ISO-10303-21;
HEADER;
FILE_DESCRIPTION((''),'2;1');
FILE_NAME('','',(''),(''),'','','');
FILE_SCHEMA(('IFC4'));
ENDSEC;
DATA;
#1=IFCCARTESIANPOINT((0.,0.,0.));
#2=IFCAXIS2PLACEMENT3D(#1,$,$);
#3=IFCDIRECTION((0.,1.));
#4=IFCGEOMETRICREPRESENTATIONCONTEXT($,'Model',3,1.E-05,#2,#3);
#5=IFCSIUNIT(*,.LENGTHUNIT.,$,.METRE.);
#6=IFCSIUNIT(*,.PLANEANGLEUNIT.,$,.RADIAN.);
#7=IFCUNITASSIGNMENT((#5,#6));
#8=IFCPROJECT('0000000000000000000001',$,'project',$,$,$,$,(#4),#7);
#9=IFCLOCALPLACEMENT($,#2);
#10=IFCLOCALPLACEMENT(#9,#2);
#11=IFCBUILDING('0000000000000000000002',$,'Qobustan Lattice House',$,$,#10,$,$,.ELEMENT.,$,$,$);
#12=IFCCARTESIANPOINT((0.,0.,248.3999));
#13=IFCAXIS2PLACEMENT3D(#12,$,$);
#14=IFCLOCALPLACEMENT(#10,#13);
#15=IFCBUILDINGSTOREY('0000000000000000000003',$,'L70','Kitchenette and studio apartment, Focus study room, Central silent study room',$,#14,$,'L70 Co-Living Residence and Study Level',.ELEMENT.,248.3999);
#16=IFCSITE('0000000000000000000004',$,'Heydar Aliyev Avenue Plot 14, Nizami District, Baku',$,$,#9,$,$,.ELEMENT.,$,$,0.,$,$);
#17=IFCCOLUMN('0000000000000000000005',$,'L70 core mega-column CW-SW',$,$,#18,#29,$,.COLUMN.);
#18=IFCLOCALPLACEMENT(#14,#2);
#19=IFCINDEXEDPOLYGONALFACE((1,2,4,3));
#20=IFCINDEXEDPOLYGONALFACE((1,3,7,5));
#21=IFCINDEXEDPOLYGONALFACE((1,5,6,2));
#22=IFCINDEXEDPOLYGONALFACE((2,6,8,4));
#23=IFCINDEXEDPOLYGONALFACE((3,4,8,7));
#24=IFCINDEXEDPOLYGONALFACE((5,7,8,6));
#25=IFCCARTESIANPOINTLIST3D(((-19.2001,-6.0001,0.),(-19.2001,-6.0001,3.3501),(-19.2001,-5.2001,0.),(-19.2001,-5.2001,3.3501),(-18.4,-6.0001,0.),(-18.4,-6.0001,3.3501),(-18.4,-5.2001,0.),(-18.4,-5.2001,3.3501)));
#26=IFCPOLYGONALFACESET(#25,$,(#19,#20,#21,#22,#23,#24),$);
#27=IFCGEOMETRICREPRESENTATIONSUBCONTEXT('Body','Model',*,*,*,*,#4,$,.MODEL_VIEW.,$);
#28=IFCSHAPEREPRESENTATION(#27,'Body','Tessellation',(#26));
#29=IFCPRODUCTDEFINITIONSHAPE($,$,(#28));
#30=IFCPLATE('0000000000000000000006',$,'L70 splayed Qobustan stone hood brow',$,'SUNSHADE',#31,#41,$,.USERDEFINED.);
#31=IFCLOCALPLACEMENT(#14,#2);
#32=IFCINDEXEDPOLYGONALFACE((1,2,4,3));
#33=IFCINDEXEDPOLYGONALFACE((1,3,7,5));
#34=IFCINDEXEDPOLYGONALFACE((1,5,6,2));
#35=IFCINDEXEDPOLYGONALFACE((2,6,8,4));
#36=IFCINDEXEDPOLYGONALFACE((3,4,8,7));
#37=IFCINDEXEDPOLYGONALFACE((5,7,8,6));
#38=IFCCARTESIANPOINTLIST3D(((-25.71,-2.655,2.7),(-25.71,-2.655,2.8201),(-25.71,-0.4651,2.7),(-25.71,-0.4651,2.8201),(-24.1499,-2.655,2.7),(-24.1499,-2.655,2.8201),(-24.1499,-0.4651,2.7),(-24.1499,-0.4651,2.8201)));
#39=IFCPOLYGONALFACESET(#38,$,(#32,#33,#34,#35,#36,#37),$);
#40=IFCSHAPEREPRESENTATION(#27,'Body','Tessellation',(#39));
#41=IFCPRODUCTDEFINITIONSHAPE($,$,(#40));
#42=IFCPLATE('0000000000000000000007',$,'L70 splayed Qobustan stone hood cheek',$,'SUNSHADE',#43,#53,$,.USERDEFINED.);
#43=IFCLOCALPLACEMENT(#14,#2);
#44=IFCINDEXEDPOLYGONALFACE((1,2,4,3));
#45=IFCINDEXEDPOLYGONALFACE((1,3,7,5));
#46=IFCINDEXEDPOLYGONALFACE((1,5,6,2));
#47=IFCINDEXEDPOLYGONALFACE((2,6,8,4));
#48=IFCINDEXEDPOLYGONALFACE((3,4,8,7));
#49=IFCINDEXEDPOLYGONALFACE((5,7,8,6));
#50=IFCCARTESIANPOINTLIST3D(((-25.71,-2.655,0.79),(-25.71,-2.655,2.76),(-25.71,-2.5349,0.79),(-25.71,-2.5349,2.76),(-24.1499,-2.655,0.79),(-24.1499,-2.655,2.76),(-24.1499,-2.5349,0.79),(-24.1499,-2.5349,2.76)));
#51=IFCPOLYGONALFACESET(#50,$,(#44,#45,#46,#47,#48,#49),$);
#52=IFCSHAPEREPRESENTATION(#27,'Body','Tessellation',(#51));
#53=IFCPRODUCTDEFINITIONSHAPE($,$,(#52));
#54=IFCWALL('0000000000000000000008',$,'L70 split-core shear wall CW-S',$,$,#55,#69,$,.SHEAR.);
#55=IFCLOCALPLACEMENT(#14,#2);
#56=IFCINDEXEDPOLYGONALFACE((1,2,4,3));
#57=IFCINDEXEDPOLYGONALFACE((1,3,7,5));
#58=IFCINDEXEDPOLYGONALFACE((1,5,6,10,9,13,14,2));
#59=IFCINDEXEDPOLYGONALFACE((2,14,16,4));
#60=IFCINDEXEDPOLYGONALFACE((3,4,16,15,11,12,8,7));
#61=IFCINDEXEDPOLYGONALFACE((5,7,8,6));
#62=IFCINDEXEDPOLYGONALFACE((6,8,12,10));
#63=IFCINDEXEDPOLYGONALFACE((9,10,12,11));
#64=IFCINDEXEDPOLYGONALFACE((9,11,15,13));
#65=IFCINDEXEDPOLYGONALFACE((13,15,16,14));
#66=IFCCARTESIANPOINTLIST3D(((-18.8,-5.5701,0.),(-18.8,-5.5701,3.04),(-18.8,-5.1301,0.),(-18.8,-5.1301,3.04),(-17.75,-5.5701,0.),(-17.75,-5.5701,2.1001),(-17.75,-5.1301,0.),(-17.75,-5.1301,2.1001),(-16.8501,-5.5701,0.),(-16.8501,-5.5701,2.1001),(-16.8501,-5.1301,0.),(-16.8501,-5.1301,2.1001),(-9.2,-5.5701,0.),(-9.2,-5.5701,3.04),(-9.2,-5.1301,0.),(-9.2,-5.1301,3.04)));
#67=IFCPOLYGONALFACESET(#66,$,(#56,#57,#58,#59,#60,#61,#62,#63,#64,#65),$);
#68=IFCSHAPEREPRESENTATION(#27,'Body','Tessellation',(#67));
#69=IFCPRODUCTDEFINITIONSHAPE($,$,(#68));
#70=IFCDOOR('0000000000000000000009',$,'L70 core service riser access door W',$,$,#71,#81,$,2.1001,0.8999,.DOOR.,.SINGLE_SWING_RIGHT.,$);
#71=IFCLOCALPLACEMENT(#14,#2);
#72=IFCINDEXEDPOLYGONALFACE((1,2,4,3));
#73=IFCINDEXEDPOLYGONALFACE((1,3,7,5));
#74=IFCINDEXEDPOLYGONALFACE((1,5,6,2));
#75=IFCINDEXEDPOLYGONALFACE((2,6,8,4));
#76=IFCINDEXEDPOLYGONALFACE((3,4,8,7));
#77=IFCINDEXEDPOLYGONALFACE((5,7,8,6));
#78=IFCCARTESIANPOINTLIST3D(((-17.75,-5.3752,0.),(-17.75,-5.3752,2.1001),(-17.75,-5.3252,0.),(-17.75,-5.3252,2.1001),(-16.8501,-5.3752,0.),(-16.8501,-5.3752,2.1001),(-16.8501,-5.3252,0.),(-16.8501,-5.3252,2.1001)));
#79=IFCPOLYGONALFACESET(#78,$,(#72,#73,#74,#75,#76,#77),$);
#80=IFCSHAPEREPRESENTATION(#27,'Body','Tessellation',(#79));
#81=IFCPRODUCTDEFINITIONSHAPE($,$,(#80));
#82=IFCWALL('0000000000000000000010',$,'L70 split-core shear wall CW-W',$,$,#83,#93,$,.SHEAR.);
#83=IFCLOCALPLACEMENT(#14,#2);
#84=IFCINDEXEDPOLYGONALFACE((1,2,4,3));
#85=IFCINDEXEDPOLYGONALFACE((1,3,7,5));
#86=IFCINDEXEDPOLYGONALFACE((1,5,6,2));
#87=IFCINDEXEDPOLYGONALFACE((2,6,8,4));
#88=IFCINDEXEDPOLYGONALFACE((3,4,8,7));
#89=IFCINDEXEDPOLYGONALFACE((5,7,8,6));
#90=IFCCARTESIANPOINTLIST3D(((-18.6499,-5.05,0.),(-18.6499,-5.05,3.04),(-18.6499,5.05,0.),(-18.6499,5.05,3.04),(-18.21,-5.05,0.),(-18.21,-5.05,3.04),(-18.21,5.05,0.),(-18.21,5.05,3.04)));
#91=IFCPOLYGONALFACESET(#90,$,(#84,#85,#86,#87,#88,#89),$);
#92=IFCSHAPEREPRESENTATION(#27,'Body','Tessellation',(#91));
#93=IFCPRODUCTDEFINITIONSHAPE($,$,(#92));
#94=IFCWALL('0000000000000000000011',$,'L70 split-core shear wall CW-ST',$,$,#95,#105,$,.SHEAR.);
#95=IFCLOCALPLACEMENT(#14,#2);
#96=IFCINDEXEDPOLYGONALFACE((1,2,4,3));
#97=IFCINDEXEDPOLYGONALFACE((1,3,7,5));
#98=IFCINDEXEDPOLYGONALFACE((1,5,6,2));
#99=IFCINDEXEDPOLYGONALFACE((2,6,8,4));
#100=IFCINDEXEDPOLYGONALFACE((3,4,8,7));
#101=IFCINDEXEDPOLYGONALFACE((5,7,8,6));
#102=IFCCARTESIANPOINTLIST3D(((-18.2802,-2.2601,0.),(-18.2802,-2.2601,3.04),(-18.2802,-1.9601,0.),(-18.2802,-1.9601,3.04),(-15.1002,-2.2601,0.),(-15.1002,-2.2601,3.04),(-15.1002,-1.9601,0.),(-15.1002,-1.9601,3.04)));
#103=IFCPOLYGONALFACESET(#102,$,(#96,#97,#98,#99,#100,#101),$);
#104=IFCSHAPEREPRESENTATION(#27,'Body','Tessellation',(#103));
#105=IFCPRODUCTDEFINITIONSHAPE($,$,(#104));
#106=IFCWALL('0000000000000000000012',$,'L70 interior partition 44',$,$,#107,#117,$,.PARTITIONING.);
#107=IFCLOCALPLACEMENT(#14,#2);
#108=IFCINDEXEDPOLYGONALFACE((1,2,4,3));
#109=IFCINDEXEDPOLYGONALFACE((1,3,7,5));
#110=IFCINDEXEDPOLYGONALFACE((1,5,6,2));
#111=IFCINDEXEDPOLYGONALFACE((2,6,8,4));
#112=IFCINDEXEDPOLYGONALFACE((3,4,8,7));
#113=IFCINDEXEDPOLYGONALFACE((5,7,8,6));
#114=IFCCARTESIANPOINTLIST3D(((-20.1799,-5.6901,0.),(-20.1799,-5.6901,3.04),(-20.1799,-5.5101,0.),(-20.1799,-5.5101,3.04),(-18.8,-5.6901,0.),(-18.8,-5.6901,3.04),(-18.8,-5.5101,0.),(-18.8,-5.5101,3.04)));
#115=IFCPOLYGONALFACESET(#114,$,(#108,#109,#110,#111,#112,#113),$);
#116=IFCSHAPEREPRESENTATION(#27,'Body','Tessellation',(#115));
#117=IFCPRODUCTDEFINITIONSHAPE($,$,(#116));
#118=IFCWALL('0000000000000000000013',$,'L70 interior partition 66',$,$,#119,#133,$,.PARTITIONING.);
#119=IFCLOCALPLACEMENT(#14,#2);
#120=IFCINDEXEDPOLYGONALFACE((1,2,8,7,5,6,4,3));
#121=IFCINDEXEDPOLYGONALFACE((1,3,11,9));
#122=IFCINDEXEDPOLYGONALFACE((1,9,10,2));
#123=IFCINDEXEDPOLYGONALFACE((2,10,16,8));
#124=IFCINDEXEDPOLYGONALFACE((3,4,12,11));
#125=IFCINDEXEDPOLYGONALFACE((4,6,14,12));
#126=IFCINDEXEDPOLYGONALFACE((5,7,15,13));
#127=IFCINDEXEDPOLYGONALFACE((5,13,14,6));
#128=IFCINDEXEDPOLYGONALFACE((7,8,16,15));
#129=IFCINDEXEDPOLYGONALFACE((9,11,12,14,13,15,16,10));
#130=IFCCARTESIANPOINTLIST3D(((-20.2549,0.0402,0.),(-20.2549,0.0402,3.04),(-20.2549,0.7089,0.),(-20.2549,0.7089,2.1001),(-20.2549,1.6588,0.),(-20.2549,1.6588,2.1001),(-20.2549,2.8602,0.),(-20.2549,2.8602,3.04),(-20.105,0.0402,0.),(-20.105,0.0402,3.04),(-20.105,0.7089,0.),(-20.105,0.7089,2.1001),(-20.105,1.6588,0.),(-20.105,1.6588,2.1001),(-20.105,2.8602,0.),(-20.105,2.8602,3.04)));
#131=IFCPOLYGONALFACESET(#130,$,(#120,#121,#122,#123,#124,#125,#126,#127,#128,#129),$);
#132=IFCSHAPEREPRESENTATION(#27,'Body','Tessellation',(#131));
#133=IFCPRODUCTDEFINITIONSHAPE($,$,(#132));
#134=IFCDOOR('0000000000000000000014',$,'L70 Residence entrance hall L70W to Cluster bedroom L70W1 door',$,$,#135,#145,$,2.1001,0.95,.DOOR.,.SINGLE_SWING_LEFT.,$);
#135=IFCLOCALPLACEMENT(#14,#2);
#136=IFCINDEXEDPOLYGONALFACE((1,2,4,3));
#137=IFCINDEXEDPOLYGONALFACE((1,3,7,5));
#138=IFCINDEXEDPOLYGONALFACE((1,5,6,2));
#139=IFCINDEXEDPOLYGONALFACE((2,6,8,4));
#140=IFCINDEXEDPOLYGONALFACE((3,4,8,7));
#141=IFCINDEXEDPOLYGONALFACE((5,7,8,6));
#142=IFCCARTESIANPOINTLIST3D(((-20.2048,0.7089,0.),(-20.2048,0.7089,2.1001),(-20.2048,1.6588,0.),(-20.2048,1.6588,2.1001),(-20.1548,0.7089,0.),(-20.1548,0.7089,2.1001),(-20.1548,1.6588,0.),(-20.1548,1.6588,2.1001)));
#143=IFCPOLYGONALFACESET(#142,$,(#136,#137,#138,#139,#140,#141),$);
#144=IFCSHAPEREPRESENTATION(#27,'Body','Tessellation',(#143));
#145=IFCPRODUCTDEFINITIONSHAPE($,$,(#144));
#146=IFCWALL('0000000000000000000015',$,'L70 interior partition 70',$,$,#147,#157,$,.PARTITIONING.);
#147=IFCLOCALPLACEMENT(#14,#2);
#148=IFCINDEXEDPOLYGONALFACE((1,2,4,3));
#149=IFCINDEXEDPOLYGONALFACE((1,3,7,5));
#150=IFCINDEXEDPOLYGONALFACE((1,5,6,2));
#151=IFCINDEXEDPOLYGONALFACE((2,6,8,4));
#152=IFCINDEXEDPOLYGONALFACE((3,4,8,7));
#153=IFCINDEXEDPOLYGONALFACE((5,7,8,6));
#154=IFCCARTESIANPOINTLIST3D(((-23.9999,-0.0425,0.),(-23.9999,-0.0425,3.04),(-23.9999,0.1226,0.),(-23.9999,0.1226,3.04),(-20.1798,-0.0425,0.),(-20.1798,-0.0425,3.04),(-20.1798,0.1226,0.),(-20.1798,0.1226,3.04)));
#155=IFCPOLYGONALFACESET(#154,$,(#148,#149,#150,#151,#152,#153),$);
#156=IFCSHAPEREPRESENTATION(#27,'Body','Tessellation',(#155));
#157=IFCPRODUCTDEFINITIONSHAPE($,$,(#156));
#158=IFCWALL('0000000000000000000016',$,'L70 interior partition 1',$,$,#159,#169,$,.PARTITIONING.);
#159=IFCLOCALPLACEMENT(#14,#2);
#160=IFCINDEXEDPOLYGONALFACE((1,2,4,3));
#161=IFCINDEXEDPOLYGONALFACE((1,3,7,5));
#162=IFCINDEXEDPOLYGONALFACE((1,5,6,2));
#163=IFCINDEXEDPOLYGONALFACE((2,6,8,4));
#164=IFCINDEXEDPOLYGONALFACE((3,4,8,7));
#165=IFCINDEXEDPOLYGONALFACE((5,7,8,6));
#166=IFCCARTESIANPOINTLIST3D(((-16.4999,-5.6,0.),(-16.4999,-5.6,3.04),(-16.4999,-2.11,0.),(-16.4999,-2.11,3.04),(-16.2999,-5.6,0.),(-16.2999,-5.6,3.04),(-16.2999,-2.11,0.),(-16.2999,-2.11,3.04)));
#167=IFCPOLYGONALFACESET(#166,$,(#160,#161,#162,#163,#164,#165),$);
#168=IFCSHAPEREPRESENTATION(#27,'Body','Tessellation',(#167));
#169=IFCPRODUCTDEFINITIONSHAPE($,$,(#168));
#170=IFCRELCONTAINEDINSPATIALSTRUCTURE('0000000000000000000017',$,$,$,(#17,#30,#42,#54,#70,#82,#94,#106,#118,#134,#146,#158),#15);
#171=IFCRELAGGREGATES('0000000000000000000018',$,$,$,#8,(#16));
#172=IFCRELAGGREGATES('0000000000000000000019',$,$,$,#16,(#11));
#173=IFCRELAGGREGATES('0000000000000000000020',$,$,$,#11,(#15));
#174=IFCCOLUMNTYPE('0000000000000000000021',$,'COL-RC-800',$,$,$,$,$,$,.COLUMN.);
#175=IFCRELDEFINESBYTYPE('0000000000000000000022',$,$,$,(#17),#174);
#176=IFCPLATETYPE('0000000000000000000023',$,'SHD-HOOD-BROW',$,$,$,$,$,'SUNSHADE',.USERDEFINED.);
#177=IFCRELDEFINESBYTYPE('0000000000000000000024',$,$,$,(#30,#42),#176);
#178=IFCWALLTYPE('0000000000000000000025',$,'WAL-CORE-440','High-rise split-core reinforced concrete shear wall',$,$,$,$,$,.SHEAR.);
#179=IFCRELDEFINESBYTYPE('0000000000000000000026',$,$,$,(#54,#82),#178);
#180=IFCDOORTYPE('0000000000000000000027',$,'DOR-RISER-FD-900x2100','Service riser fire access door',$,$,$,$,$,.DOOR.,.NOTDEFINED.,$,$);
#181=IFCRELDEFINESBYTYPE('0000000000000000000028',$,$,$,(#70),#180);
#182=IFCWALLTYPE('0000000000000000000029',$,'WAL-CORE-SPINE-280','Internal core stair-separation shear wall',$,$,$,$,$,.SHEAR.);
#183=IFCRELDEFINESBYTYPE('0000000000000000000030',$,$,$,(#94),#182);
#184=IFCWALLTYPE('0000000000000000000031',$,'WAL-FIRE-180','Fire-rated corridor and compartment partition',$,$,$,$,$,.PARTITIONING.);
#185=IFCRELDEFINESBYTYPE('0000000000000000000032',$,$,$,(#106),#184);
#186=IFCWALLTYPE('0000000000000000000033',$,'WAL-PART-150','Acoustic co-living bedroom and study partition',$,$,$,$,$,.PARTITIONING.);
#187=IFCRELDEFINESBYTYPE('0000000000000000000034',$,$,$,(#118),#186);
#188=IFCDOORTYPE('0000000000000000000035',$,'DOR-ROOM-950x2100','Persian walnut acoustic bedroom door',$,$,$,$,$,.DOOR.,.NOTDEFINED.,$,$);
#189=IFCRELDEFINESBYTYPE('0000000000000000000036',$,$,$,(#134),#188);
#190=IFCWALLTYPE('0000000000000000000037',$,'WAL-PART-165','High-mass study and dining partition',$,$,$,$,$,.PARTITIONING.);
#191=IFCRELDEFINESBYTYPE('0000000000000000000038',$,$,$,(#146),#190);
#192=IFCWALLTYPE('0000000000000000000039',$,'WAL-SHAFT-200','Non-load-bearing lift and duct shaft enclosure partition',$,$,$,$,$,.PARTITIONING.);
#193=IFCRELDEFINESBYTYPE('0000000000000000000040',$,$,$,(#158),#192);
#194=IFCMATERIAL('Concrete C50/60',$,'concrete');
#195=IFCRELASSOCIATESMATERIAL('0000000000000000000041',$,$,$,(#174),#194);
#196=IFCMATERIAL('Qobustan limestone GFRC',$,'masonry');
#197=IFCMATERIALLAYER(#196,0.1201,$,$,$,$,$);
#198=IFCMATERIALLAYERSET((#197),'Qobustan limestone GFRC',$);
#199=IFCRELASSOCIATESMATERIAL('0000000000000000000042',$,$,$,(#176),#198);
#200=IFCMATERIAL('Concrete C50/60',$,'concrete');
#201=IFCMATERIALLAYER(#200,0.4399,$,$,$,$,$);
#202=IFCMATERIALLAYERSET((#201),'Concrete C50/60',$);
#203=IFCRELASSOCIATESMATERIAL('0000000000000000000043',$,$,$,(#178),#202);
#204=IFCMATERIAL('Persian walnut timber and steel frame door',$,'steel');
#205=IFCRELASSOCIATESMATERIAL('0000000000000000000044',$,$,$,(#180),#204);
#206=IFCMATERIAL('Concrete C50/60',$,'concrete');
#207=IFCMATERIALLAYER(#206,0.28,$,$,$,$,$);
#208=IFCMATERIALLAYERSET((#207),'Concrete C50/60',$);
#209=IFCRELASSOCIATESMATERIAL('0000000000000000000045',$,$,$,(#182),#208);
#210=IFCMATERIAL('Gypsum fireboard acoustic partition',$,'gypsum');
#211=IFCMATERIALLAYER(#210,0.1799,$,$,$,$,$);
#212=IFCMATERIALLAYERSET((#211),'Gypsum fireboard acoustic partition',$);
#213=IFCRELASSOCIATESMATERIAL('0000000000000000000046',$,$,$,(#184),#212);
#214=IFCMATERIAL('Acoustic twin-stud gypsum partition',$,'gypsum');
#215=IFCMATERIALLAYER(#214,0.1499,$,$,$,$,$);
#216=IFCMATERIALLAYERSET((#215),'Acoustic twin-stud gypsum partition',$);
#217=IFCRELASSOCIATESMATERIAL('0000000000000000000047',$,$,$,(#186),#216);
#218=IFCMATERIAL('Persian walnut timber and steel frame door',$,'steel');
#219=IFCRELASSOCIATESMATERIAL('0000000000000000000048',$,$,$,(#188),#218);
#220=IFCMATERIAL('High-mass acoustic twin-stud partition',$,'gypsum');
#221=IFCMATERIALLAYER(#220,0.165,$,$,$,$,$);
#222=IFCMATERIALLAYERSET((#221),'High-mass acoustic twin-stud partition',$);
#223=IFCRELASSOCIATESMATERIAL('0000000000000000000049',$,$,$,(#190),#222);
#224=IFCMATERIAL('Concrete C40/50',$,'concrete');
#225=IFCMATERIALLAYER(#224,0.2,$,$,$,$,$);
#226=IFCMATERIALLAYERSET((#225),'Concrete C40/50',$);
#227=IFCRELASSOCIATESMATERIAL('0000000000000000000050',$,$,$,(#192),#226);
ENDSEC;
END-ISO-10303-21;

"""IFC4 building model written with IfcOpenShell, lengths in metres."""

from ifc_helpers import new_model, si_unit, direction, frame, frame_2d, origin, origin_2d, place, context, subcontext, project, spatial, rectangle, extrude, material, layer, layer_set, material_profile, profile_set, type_object, element, fill, save


model = new_model("IFC4")

# Units and contexts
model_context = context("Model", 3, precision=1e-05, world=origin(), true_north=direction((0.0, 1.0)))
body_context = subcontext(model_context, "Body", "Model", "MODEL_VIEW")
ifc_project = project(units=[si_unit("LENGTHUNIT", "METRE"), si_unit("PLANEANGLEUNIT", "RADIAN")], contexts=[model_context])

# Site, building, storey
site_placement = place(None, origin())
site = spatial("IfcSite", under=ifc_project, at=site_placement, Name="Heydar Aliyev Avenue Plot 14, Nizami District, Baku", CompositionType="ELEMENT", RefElevation=0.0)
building_placement = place(site_placement, origin())
building = spatial("IfcBuilding", under=site, at=building_placement, Name="Qobustan Lattice House", CompositionType="ELEMENT")
storey_placement = place(building_placement, frame((0.0, 0.0, 248.3999)))
storey = spatial("IfcBuildingStorey", under=building, at=storey_placement, Name="L70", Description="Kitchenette and studio apartment, Focus study room, Central silent study room", LongName="L70 Co-Living Residence and Study Level", CompositionType="ELEMENT", Elevation=248.3999)

# Column
ifc_material_1 = material(Name="Concrete C50/60", Category="concrete")
ifc_material_profile = material_profile(ifc_material_1, rectangle(XDim=0.8, YDim=0.8, at=origin_2d()), Name="RC800x800")
ifc_profile_set = profile_set([ifc_material_profile], Name="Concrete C50/60")
column_type = type_object("IfcColumnType", Name="COL-RC-800", PredefinedType="COLUMN", material=ifc_profile_set)
column_placement = place(storey_placement, frame((-18.8, -5.6001, 0.0), z_axis=(0.0, 0.0, 1.0), x_axis=(1.0, 0.0, 0.0)))
element("IfcColumn", 1, at=column_placement, inside=storey, type_object=column_type, Name="L70 core mega-column CW-SW", PredefinedType="COLUMN", context=body_context, shape_type="SweptSolid", body=[
    extrude(rectangle(XDim=0.8, YDim=0.8, at=origin_2d()), origin(), (0.0, 0.0, 1.0), 3.3501),
])

# Plates
ifc_material_2 = material(Name="Qobustan limestone GFRC", Category="masonry")
ifc_layer_1 = layer(ifc_material_2, 0.1201)
ifc_layer_set_1 = layer_set([ifc_layer_1], Name="Qobustan limestone GFRC")
plate_type = type_object("IfcPlateType", Name="SHD-HOOD-BROW", ElementType="SUNSHADE", PredefinedType="USERDEFINED", material=ifc_layer_set_1)
plate_1_placement = place(storey_placement, frame((-24.9299, -1.5601, 2.7), z_axis=(0.0, 0.0, 1.0), x_axis=(0.0, 1.0, 0.0)))
element("IfcPlate", 2, at=plate_1_placement, inside=storey, type_object=plate_type, Name="L70 splayed Qobustan stone hood brow", ObjectType="SUNSHADE", PredefinedType="USERDEFINED", context=body_context, shape_type="SweptSolid", body=[
    extrude(rectangle(XDim=2.1899, YDim=1.5601, at=origin_2d()), origin(), (0.0, 0.0, 1.0), 0.1201),
])
plate_2_placement = place(storey_placement, frame((-24.9299, -2.595, 0.79), z_axis=(0.0, 0.0, 1.0), x_axis=(0.0, 1.0, 0.0)))
element("IfcPlate", 3, at=plate_2_placement, inside=storey, type_object=plate_type, Name="L70 splayed Qobustan stone hood cheek", ObjectType="SUNSHADE", PredefinedType="USERDEFINED", context=body_context, shape_type="SweptSolid", body=[
    extrude(rectangle(XDim=0.1201, YDim=1.5601, at=origin_2d()), origin(), (0.0, 0.0, 1.0), 1.97),
])

# Wall, opening, door
ifc_material_3 = material(Name="Concrete C50/60", Category="concrete")
ifc_layer_2 = layer(ifc_material_3, 0.4399)
ifc_layer_set_2 = layer_set([ifc_layer_2], Name="Concrete C50/60")
wall_type_1 = type_object("IfcWallType", Name="WAL-CORE-440", Description="High-rise split-core reinforced concrete shear wall", PredefinedType="SHEAR", material=ifc_layer_set_2)
wall_1_placement = place(storey_placement, frame((-18.8, -5.3501, 0.0), z_axis=(0.0, 0.0, 1.0), x_axis=(1.0, 0.0, 0.0)))
wall_1 = element("IfcWall", 4, at=wall_1_placement, inside=storey, type_object=wall_type_1, Name="L70 split-core shear wall CW-S", PredefinedType="SHEAR", context=body_context, shape_type="SweptSolid", body=[
    extrude(rectangle(XDim=9.6001, YDim=0.4399, at=frame_2d((4.8, 0.0))), origin(), (0.0, 0.0, 1.0), 3.04),
])
opening_1_placement = place(wall_1_placement, frame((1.05, 0.0, 0.0)))
opening_1 = element("IfcOpeningElement", 5, at=opening_1_placement, cuts=wall_1, PredefinedType="OPENING", context=body_context, shape_type="SweptSolid", body=[
    extrude(rectangle(XDim=0.8999, YDim=2.1001, at=frame_2d((0.45, 1.05))), frame((0.0, 0.23, 0.0), z_axis=(0.0, -1.0, 0.0), x_axis=(1.0, 0.0, 0.0)), (0.0, 0.0, 1.0), 0.46),
])
ifc_material_4 = material(Name="Persian walnut timber and steel frame door", Category="steel")
door_type_1 = type_object("IfcDoorType", Name="DOR-RISER-FD-900x2100", Description="Service riser fire access door", OperationType="NOTDEFINED", PredefinedType="DOOR", material=ifc_material_4)
door_1_placement = place(opening_1_placement, origin())
door_1 = element("IfcDoor", 6, at=door_1_placement, inside=storey, type_object=door_type_1, Name="L70 core service riser access door W", OperationType="SINGLE_SWING_RIGHT", OverallHeight=2.1001, OverallWidth=0.8999, PredefinedType="DOOR", context=body_context, shape_type="SweptSolid", body=[
    extrude(rectangle(XDim=0.8999, YDim=2.1001, at=frame_2d((0.45, 1.05))), frame((0.0, 0.0249, 0.0), z_axis=(0.0, -1.0, 0.0), x_axis=(1.0, 0.0, 0.0)), (0.0, 0.0, 1.0), 0.05),
])
fill(opening_1, door_1)

# Walls
wall_2_placement = place(storey_placement, frame((-18.4299, -5.05, 0.0), z_axis=(0.0, 0.0, 1.0), x_axis=(0.0, 1.0, 0.0)))
element("IfcWall", 7, at=wall_2_placement, inside=storey, type_object=wall_type_1, Name="L70 split-core shear wall CW-W", PredefinedType="SHEAR", context=body_context, shape_type="SweptSolid", body=[
    extrude(rectangle(XDim=10.1001, YDim=0.4399, at=frame_2d((5.05, 0.0))), origin(), (0.0, 0.0, 1.0), 3.04),
])
ifc_material_5 = material(Name="Concrete C50/60", Category="concrete")
ifc_layer_3 = layer(ifc_material_5, 0.28)
ifc_layer_set_3 = layer_set([ifc_layer_3], Name="Concrete C50/60")
wall_type_2 = type_object("IfcWallType", Name="WAL-CORE-SPINE-280", Description="Internal core stair-separation shear wall", PredefinedType="SHEAR", material=ifc_layer_set_3)
wall_3_placement = place(storey_placement, frame((-18.28, -2.1101, 0.0), z_axis=(0.0, 0.0, 1.0), x_axis=(1.0, 0.0, 0.0)))
element("IfcWall", 8, at=wall_3_placement, inside=storey, type_object=wall_type_2, Name="L70 split-core shear wall CW-ST", PredefinedType="SHEAR", context=body_context, shape_type="SweptSolid", body=[
    extrude(rectangle(XDim=3.1799, YDim=0.3, at=frame_2d((1.5898, 0.0))), origin(), (0.0, 0.0, 1.0), 3.04),
])
ifc_material_6 = material(Name="Gypsum fireboard acoustic partition", Category="gypsum")
ifc_layer_4 = layer(ifc_material_6, 0.1799)
ifc_layer_set_4 = layer_set([ifc_layer_4], Name="Gypsum fireboard acoustic partition")
wall_type_3 = type_object("IfcWallType", Name="WAL-FIRE-180", Description="Fire-rated corridor and compartment partition", PredefinedType="PARTITIONING", material=ifc_layer_set_4)
wall_4_placement = place(storey_placement, frame((-20.1799, -5.6001, 0.0), z_axis=(0.0, 0.0, 1.0), x_axis=(1.0, 0.0, 0.0)))
element("IfcWall", 9, at=wall_4_placement, inside=storey, type_object=wall_type_3, Name="L70 interior partition 44", PredefinedType="PARTITIONING", context=body_context, shape_type="SweptSolid", body=[
    extrude(rectangle(XDim=1.3799, YDim=0.1799, at=frame_2d((0.6899, 0.0))), origin(), (0.0, 0.0, 1.0), 3.04),
])

# Wall, opening, door
ifc_material_7 = material(Name="Acoustic twin-stud gypsum partition", Category="gypsum")
ifc_layer_5 = layer(ifc_material_7, 0.1499)
ifc_layer_set_5 = layer_set([ifc_layer_5], Name="Acoustic twin-stud gypsum partition")
wall_type_4 = type_object("IfcWallType", Name="WAL-PART-150", Description="Acoustic co-living bedroom and study partition", PredefinedType="PARTITIONING", material=ifc_layer_set_5)
wall_5_placement = place(storey_placement, frame((-20.1799, 0.04, 0.0), z_axis=(0.0, 0.0, 1.0), x_axis=(0.0, 1.0, 0.0)))
wall_5 = element("IfcWall", 10, at=wall_5_placement, inside=storey, type_object=wall_type_4, Name="L70 interior partition 66", PredefinedType="PARTITIONING", context=body_context, shape_type="SweptSolid", body=[
    extrude(rectangle(XDim=2.8201, YDim=0.1499, at=frame_2d((1.4102, 0.0))), origin(), (0.0, 0.0, 1.0), 3.04),
])
opening_2_placement = place(wall_5_placement, frame((0.6687, 0.0, 0.0)))
opening_2 = element("IfcOpeningElement", 11, at=opening_2_placement, cuts=wall_5, PredefinedType="OPENING", context=body_context, shape_type="SweptSolid", body=[
    extrude(rectangle(XDim=0.95, YDim=2.1001, at=frame_2d((0.4751, 1.05))), frame((0.0, 0.085, 0.0), z_axis=(0.0, -1.0, 0.0), x_axis=(1.0, 0.0, 0.0)), (0.0, 0.0, 1.0), 0.1699),
])
ifc_material_8 = material(Name="Persian walnut timber and steel frame door", Category="steel")
door_type_2 = type_object("IfcDoorType", Name="DOR-ROOM-950x2100", Description="Persian walnut acoustic bedroom door", OperationType="NOTDEFINED", PredefinedType="DOOR", material=ifc_material_8)
door_2_placement = place(opening_2_placement, origin())
door_2 = element("IfcDoor", 12, at=door_2_placement, inside=storey, type_object=door_type_2, Name="L70 Residence entrance hall L70W to Cluster bedroom L70W1 door", OperationType="SINGLE_SWING_LEFT", OverallHeight=2.1001, OverallWidth=0.95, PredefinedType="DOOR", context=body_context, shape_type="SweptSolid", body=[
    extrude(rectangle(XDim=0.95, YDim=2.1001, at=frame_2d((0.4751, 1.05))), frame((0.0, 0.0249, 0.0), z_axis=(0.0, -1.0, 0.0), x_axis=(1.0, 0.0, 0.0)), (0.0, 0.0, 1.0), 0.05),
])
fill(opening_2, door_2)
ifc_material_9 = material(Name="High-mass acoustic twin-stud partition", Category="gypsum")
ifc_layer_6 = layer(ifc_material_9, 0.165)
ifc_layer_set_6 = layer_set([ifc_layer_6], Name="High-mass acoustic twin-stud partition")
wall_type_5 = type_object("IfcWallType", Name="WAL-PART-165", Description="High-mass study and dining partition", PredefinedType="PARTITIONING", material=ifc_layer_set_6)

# Walls
wall_6_placement = place(storey_placement, frame((-24.0, 0.04, 0.0), z_axis=(0.0, 0.0, 1.0), x_axis=(1.0, 0.0, 0.0)))
element("IfcWall", 13, at=wall_6_placement, inside=storey, type_object=wall_type_5, Name="L70 interior partition 70", PredefinedType="PARTITIONING", context=body_context, shape_type="SweptSolid", body=[
    extrude(rectangle(XDim=3.8201, YDim=0.165, at=frame_2d((1.9102, 0.0))), origin(), (0.0, 0.0, 1.0), 3.04),
])
ifc_material_10 = material(Name="Concrete C40/50", Category="concrete")
ifc_layer_7 = layer(ifc_material_10, 0.2)
ifc_layer_set_7 = layer_set([ifc_layer_7], Name="Concrete C40/50")
wall_type_6 = type_object("IfcWallType", Name="WAL-SHAFT-200", Description="Non-load-bearing lift and duct shaft enclosure partition", PredefinedType="PARTITIONING", material=ifc_layer_set_7)
wall_7_placement = place(storey_placement, frame((-16.3999, -5.6001, 0.0), z_axis=(0.0, 0.0, 1.0), x_axis=(0.0, 1.0, 0.0)))
element("IfcWall", 14, at=wall_7_placement, inside=storey, type_object=wall_type_6, Name="L70 interior partition 1", PredefinedType="PARTITIONING", context=body_context, shape_type="SweptSolid", body=[
    extrude(rectangle(XDim=3.49, YDim=0.2, at=frame_2d((1.7451, 0.0))), origin(), (0.0, 0.0, 1.0), 3.04),
])

save(model, "model.ifc")
